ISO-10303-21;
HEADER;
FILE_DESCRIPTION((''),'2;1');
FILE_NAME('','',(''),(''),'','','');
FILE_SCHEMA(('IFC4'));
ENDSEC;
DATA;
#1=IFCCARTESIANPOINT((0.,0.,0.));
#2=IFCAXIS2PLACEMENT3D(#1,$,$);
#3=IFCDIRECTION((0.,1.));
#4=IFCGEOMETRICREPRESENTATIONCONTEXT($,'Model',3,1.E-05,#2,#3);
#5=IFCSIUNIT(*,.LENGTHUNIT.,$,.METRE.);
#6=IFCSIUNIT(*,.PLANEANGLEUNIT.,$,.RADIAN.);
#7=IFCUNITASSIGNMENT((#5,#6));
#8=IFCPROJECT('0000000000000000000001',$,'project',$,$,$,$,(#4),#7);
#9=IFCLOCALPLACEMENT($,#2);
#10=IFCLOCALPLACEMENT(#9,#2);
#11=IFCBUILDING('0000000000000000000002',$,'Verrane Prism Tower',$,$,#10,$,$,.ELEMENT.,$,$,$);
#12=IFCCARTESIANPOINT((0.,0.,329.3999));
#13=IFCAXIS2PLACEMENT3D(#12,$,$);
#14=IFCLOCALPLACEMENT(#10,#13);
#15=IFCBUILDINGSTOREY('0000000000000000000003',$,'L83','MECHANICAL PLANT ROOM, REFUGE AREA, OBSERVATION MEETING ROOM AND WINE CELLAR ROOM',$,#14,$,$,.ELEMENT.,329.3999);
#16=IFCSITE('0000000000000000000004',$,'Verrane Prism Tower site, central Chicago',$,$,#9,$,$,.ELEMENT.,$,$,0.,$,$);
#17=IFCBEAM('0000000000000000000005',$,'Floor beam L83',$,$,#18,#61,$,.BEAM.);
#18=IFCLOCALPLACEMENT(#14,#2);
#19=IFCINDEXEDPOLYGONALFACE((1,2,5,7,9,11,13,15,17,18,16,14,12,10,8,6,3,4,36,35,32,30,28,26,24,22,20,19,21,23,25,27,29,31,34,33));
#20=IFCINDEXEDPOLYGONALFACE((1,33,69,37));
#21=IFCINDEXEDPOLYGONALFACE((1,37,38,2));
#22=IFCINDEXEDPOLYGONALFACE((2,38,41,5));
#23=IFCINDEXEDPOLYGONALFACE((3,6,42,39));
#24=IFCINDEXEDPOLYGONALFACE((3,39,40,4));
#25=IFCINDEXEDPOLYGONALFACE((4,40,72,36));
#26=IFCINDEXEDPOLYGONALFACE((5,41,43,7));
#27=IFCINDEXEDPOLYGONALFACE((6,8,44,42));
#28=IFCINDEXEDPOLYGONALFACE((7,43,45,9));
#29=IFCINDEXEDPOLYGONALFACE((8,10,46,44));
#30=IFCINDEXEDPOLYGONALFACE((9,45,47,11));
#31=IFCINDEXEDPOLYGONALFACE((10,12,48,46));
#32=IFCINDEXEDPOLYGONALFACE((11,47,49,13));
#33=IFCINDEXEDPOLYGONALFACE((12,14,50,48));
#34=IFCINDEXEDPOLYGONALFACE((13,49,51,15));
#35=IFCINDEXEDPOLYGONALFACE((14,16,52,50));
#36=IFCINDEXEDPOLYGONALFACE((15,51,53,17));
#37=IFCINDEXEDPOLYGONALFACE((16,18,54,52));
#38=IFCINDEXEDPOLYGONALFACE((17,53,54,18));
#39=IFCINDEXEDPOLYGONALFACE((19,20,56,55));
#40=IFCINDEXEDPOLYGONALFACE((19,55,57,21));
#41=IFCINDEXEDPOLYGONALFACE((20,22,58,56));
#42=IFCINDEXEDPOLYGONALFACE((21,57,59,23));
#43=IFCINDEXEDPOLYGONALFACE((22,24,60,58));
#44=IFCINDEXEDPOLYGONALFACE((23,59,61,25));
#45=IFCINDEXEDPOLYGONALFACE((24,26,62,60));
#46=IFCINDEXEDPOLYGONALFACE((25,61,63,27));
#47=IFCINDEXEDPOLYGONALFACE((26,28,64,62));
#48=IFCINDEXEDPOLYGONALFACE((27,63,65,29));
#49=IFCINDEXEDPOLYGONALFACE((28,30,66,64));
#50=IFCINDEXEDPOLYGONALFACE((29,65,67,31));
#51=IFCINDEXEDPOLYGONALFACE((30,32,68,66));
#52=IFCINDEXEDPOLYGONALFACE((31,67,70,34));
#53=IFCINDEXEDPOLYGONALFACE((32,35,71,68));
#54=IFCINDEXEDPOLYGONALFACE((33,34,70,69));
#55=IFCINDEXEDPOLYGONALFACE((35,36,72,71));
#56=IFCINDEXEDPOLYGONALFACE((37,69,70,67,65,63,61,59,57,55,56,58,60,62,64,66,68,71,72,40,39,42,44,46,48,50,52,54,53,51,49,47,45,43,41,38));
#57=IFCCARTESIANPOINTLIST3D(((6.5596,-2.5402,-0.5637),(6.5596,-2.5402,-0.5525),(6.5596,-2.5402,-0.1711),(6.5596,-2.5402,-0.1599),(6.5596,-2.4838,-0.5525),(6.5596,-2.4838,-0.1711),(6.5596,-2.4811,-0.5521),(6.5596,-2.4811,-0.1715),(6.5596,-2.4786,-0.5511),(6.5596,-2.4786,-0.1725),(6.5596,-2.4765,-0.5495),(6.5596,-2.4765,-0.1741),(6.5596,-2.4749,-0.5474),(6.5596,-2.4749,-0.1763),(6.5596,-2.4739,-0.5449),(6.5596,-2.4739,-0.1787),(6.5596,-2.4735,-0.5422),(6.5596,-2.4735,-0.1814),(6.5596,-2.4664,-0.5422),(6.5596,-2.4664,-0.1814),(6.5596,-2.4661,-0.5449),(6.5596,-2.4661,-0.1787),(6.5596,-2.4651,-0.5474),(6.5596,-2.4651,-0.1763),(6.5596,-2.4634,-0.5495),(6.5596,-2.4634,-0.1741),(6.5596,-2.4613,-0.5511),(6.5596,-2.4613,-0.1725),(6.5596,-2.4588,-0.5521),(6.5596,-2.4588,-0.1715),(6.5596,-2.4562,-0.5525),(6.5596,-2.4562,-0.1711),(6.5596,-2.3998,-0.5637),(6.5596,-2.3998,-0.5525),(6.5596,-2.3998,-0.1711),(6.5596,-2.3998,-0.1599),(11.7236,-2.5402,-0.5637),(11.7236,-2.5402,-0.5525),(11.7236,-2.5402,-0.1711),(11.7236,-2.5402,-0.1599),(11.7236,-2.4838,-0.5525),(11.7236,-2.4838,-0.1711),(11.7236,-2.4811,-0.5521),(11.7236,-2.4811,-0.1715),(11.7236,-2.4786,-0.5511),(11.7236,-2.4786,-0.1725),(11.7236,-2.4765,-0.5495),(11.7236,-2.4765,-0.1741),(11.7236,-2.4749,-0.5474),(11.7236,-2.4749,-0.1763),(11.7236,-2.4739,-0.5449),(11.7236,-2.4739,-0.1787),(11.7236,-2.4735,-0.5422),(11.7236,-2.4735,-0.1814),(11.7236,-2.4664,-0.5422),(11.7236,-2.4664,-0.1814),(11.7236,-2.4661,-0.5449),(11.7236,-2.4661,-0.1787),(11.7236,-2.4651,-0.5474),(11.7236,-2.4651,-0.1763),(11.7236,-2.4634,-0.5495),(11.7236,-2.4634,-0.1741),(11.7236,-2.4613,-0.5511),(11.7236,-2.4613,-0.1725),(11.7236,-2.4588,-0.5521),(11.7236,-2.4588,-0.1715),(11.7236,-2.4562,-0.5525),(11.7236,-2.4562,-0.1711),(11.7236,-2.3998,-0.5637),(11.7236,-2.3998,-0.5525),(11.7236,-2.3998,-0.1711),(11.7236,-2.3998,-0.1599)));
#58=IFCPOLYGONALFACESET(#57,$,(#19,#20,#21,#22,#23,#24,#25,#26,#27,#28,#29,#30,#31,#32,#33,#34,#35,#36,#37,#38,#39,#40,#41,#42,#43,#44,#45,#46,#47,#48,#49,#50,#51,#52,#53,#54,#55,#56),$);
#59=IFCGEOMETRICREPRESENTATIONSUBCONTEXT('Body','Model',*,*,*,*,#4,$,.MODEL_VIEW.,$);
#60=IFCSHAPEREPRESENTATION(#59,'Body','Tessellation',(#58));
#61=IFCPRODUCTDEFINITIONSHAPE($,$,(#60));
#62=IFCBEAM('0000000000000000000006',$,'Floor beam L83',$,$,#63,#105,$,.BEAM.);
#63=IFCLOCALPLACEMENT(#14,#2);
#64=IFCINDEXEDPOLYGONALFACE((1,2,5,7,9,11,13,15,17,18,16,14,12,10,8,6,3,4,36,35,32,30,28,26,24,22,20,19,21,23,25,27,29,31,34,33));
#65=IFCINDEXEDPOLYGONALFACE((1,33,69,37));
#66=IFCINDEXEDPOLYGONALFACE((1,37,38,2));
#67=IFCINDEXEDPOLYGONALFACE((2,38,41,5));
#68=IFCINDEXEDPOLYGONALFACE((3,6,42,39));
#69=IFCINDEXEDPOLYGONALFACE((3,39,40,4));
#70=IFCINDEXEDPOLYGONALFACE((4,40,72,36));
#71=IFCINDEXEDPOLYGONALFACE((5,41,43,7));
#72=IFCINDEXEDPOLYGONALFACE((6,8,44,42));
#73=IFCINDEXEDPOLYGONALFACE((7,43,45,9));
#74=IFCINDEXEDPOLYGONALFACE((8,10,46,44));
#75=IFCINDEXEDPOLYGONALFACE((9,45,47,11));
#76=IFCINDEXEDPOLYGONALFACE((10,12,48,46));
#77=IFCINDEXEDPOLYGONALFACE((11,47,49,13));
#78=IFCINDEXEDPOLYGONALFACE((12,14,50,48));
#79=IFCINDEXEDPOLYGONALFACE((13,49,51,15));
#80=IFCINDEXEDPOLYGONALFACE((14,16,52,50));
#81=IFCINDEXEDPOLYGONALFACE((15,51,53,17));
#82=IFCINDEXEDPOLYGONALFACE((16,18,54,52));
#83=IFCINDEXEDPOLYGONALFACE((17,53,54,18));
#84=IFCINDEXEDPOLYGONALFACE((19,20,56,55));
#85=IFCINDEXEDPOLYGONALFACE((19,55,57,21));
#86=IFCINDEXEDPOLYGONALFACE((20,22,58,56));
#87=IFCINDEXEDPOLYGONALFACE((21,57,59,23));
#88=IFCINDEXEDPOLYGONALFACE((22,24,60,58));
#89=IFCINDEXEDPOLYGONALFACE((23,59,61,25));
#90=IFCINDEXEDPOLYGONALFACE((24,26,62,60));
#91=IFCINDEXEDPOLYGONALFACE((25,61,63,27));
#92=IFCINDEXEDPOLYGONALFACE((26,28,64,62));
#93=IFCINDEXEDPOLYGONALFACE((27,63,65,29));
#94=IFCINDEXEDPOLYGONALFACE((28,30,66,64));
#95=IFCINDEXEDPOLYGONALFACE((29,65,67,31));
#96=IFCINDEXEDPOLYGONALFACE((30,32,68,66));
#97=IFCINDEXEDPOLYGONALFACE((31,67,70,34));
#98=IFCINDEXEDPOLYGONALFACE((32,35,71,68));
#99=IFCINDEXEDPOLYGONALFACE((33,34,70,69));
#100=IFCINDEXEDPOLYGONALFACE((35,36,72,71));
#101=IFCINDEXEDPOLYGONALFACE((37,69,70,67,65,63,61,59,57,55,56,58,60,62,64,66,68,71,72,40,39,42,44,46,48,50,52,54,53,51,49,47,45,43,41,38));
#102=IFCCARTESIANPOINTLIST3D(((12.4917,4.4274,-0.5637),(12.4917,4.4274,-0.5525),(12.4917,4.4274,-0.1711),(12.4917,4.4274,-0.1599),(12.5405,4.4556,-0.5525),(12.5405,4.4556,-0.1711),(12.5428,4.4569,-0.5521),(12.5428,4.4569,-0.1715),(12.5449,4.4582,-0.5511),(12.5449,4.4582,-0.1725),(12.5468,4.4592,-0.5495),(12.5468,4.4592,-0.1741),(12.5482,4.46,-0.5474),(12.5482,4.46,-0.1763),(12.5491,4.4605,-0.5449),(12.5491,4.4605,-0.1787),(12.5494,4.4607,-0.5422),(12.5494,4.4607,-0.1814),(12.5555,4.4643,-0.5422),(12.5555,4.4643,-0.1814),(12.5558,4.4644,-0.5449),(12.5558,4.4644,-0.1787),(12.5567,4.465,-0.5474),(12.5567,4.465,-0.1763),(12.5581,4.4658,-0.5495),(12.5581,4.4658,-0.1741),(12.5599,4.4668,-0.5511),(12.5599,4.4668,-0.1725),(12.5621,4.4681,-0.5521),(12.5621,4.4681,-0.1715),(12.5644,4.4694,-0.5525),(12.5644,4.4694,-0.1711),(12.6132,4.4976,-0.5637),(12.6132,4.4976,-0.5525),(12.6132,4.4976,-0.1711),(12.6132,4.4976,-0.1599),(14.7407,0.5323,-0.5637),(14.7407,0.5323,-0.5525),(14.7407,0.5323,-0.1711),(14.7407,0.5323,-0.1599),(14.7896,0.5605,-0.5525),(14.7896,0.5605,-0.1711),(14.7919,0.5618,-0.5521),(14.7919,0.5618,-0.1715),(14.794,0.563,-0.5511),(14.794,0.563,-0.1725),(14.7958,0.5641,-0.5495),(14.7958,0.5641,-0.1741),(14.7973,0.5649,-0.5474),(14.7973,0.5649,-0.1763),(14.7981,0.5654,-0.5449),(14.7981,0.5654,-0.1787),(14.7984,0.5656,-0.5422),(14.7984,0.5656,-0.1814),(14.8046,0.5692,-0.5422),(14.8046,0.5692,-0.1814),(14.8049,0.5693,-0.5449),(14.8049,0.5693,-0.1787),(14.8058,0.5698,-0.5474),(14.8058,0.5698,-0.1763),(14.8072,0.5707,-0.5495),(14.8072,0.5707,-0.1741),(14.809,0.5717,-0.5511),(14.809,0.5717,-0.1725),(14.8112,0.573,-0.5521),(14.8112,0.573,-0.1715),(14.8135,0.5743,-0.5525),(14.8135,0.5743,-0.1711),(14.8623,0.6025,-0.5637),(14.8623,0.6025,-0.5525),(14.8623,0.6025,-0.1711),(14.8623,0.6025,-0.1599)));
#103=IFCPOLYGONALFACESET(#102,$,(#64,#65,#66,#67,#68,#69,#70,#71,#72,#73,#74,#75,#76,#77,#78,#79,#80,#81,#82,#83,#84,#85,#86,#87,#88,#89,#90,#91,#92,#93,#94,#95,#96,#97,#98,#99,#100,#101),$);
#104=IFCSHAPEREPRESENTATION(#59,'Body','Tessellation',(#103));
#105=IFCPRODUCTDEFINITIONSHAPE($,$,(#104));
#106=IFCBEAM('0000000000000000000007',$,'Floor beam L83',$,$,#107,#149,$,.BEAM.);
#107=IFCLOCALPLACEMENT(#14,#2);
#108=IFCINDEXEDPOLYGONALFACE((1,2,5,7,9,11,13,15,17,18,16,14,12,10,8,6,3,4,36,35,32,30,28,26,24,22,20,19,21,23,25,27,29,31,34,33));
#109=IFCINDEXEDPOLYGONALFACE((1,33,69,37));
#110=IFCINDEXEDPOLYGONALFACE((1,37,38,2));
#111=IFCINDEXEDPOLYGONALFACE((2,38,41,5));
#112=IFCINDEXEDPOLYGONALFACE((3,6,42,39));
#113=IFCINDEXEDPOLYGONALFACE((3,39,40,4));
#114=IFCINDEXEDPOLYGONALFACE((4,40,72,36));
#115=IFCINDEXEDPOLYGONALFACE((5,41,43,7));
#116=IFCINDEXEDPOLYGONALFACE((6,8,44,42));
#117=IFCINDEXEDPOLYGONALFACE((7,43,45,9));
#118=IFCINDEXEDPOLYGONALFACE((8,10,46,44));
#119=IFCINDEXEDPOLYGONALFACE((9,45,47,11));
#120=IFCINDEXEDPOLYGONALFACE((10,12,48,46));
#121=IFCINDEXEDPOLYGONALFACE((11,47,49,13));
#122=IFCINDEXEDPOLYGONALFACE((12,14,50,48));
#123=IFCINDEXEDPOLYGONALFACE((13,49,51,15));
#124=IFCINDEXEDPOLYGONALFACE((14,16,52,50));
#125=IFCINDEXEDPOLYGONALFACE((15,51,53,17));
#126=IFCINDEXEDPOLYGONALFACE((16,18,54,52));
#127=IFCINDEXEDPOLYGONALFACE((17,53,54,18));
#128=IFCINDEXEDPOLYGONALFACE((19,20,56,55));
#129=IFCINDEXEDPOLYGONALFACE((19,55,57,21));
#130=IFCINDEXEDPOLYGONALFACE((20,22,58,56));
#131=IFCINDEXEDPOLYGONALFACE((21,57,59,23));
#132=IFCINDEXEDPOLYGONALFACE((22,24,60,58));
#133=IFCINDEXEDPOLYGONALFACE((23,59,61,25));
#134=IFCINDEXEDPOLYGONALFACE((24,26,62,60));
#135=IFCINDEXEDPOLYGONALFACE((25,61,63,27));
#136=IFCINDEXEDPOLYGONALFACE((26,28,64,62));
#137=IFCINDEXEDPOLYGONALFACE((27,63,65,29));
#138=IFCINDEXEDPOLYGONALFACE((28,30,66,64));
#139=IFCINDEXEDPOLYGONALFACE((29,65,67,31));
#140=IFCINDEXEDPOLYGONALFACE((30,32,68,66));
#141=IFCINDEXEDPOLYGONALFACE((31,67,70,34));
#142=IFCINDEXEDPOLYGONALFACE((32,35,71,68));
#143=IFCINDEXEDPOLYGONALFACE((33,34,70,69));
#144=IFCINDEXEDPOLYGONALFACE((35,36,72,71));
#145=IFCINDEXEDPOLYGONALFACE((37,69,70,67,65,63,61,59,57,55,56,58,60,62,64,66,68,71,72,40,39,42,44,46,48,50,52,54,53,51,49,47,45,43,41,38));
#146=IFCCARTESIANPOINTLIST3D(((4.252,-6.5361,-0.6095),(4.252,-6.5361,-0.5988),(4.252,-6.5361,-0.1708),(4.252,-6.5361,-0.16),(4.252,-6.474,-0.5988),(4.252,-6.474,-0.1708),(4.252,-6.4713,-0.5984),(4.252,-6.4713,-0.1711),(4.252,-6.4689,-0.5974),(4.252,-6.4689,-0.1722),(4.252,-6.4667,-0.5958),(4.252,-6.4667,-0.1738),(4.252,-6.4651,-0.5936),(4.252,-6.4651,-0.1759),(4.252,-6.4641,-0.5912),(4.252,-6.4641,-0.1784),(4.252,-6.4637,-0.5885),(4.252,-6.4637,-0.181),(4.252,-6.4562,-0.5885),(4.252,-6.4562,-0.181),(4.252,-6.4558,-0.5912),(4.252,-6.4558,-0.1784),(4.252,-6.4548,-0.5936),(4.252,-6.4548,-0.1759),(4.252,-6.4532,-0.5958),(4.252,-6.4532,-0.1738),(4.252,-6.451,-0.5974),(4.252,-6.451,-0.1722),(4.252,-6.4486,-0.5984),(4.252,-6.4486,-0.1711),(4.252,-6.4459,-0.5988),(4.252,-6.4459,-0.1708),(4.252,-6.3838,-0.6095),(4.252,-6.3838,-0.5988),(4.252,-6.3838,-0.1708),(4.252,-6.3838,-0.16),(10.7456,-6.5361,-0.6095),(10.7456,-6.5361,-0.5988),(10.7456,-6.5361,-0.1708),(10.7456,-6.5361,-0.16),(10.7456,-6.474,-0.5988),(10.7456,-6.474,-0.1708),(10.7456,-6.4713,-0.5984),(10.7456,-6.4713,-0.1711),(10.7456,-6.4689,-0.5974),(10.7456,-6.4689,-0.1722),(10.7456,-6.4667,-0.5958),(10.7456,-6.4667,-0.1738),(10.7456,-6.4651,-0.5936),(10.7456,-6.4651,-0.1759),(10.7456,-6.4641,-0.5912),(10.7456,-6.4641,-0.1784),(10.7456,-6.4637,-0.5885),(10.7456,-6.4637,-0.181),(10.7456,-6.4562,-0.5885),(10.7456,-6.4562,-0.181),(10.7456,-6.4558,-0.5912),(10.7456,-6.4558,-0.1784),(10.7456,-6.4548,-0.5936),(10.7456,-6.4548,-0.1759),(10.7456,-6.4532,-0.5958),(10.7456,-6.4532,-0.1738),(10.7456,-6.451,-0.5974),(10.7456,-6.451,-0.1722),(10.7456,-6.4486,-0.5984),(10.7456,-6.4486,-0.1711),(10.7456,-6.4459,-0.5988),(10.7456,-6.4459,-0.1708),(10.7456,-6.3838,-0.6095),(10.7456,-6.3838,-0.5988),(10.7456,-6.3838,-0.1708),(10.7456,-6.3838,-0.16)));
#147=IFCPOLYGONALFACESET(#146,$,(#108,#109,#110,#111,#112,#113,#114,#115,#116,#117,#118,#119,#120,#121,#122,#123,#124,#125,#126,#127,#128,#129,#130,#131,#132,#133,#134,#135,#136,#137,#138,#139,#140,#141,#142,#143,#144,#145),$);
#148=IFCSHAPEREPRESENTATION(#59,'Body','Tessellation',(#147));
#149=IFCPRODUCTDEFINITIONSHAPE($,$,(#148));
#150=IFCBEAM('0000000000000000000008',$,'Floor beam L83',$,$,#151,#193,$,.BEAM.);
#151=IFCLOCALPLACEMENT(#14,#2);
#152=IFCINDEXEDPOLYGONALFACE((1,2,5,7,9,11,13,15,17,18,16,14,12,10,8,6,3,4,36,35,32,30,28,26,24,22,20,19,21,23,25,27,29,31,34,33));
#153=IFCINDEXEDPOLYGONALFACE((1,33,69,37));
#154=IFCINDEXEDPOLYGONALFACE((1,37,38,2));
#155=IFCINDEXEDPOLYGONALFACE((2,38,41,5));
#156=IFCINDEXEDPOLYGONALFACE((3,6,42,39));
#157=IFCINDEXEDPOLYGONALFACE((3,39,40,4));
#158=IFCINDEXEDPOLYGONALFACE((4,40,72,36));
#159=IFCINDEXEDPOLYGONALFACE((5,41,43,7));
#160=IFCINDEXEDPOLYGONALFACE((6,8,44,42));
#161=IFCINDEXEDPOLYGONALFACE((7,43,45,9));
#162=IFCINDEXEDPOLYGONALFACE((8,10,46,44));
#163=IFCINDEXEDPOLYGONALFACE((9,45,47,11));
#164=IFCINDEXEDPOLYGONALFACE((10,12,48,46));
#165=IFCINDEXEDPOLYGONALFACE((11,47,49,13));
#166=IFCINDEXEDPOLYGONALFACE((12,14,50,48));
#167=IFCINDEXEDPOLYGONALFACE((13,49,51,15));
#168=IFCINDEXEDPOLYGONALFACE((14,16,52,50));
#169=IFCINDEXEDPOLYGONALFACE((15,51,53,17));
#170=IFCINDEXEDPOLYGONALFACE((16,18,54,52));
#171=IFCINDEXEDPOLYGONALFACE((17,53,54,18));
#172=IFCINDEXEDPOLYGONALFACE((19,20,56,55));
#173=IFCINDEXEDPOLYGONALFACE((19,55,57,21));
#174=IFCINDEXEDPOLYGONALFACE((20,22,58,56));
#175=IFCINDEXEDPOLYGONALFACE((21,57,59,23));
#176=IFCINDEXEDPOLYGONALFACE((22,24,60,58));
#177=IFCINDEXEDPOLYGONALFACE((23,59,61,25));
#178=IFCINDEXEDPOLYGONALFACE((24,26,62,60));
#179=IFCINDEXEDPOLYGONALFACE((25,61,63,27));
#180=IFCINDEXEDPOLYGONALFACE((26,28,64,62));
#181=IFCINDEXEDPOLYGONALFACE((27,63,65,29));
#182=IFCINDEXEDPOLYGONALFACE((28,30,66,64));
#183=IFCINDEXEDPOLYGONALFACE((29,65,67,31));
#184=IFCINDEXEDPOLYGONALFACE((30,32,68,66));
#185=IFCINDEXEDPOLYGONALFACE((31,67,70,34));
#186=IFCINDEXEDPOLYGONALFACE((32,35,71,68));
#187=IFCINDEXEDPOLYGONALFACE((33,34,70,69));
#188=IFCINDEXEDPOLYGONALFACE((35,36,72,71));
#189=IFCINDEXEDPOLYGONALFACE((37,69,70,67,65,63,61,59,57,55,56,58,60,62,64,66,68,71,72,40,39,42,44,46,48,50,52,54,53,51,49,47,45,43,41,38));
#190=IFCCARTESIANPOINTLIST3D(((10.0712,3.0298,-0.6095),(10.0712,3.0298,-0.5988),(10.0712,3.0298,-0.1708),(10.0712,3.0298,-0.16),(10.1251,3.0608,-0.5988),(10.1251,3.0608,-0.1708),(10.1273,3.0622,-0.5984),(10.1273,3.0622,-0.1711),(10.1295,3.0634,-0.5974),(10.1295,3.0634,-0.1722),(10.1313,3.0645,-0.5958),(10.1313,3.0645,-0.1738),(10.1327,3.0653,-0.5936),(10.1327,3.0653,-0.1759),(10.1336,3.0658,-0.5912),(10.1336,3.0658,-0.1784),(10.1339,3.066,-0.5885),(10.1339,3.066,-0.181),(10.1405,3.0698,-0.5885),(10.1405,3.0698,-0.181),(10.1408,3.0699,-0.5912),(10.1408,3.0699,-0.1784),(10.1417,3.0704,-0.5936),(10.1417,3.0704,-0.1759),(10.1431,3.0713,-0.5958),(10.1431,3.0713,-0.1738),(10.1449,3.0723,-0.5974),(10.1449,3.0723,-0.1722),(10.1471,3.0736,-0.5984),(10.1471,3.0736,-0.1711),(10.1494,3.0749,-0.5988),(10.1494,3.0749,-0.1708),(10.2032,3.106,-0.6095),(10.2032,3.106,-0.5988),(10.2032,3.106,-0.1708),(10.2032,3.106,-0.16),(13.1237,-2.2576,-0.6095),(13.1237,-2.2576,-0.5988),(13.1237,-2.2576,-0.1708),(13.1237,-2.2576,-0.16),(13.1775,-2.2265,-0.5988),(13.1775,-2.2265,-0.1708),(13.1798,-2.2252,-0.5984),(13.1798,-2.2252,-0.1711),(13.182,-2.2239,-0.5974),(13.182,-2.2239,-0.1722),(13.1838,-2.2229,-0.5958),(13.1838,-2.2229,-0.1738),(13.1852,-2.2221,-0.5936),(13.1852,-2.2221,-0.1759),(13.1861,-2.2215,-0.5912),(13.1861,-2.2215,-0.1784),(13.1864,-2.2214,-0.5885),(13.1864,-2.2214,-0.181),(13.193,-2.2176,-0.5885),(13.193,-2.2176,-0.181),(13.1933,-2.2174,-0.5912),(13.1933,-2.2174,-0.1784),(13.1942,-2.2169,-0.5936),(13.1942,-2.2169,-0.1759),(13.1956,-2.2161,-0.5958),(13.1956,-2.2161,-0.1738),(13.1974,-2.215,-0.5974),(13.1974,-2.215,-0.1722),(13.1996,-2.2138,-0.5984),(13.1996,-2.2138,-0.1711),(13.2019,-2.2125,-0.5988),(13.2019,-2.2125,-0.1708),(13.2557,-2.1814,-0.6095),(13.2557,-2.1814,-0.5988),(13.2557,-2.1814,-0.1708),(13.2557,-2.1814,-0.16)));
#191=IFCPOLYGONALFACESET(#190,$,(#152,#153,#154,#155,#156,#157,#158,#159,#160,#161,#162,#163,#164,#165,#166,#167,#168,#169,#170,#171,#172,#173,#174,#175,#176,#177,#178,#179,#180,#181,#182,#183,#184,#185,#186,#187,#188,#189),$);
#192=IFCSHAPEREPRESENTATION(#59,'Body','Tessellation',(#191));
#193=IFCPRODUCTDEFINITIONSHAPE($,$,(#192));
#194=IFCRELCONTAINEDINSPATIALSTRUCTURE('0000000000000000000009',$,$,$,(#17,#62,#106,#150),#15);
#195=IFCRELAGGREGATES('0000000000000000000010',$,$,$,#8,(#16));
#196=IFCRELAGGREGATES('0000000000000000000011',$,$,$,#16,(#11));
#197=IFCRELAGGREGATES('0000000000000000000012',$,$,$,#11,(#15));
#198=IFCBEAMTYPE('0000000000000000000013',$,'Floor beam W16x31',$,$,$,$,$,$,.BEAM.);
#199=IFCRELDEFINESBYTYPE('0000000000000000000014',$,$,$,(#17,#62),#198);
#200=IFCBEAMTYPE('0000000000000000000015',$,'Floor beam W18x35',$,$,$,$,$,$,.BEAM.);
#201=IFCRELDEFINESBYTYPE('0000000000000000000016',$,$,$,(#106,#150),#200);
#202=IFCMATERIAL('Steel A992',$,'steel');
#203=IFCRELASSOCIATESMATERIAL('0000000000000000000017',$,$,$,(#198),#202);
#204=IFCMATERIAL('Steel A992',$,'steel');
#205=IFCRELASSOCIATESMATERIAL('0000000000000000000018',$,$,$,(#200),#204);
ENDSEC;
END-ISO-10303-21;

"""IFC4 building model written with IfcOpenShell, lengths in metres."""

from ifc_helpers import new_model, si_unit, direction, frame, origin, origin_2d, place, context, subcontext, project, spatial, i_section, extrude, material, material_profile, profile_set, type_object, element, save


model = new_model("IFC4")

# Units and contexts
model_context = context("Model", 3, precision=1e-05, world=origin(), true_north=direction((0.0, 1.0)))
body_context = subcontext(model_context, "Body", "Model", "MODEL_VIEW")
ifc_project = project(units=[si_unit("LENGTHUNIT", "METRE"), si_unit("PLANEANGLEUNIT", "RADIAN")], contexts=[model_context])

# Site, building, storey
site_placement = place(None, origin())
site = spatial("IfcSite", under=ifc_project, at=site_placement, Name="Verrane Prism Tower site, central Chicago", CompositionType="ELEMENT", RefElevation=0.0)
building_placement = place(site_placement, origin())
building = spatial("IfcBuilding", under=site, at=building_placement, Name="Verrane Prism Tower", CompositionType="ELEMENT")
storey_placement = place(building_placement, frame((0.0, 0.0, 329.3999)))
storey = spatial("IfcBuildingStorey", under=building, at=storey_placement, Name="L83", Description="MECHANICAL PLANT ROOM, REFUGE AREA, OBSERVATION MEETING ROOM AND WINE CELLAR ROOM", CompositionType="ELEMENT", Elevation=329.3999)

# Beams
ifc_material_1 = material(Name="Steel A992", Category="steel")
ifc_material_profile_1 = material_profile(ifc_material_1, i_section(OverallWidth=0.1404, OverallDepth=0.4038, WebThickness=0.0071, FlangeThickness=0.0112, FilletRadius=0.0103, at=origin_2d()), Name="W16x31")
ifc_profile_set_1 = profile_set([ifc_material_profile_1], Name="Steel A992")
beam_type_1 = type_object("IfcBeamType", Name="Floor beam W16x31", PredefinedType="BEAM", material=ifc_profile_set_1)
beam_1_placement = place(storey_placement, frame((6.5596, -2.47, -0.3618), z_axis=(1.0, 0.0, 0.0), x_axis=(0.0, 1.0, 0.0)))
element("IfcBeam", 1, at=beam_1_placement, inside=storey, type_object=beam_type_1, Name="Floor beam L83", PredefinedType="BEAM", context=body_context, shape_type="SweptSolid", body=[
    extrude(i_section(OverallWidth=0.1404, OverallDepth=0.4038, WebThickness=0.0071, FlangeThickness=0.0112, FilletRadius=0.0103, at=origin_2d()), origin(), (0.0, 0.0, 1.0), 5.1641),
])
beam_2_placement = place(storey_placement, frame((14.8015, 0.5674, -0.3618), z_axis=(-0.500039, 0.866003, 0.0), x_axis=(-0.866003, -0.500039, 0.0)))
element("IfcBeam", 2, at=beam_2_placement, inside=storey, type_object=beam_type_1, Name="Floor beam L83", PredefinedType="BEAM", context=body_context, shape_type="SweptSolid", body=[
    extrude(i_section(OverallWidth=0.1404, OverallDepth=0.4038, WebThickness=0.0071, FlangeThickness=0.0112, FilletRadius=0.0103, at=origin_2d()), origin(), (0.0, 0.0, 1.0), 4.4978),
])
ifc_material_2 = material(Name="Steel A992", Category="steel")
ifc_material_profile_2 = material_profile(ifc_material_2, i_section(OverallWidth=0.1523, OverallDepth=0.4495, WebThickness=0.0076, FlangeThickness=0.0107, FilletRadius=0.0103, at=origin_2d()), Name="W18x35")
ifc_profile_set_2 = profile_set([ifc_material_profile_2], Name="Steel A992")
beam_type_2 = type_object("IfcBeamType", Name="Floor beam W18x35", PredefinedType="BEAM", material=ifc_profile_set_2)
beam_3_placement = place(storey_placement, frame((4.252, -6.46, -0.3848), z_axis=(1.0, 0.0, 0.0), x_axis=(0.0, 1.0, 0.0)))
element("IfcBeam", 3, at=beam_3_placement, inside=storey, type_object=beam_type_2, Name="Floor beam L83", PredefinedType="BEAM", context=body_context, shape_type="SweptSolid", body=[
    extrude(i_section(OverallWidth=0.1523, OverallDepth=0.4495, WebThickness=0.0076, FlangeThickness=0.0107, FilletRadius=0.0103, at=origin_2d()), origin(), (0.0, 0.0, 1.0), 6.4937),
])
beam_4_placement = place(storey_placement, frame((13.1897, -2.2195, -0.3848), z_axis=(-0.49998, 0.866037, 0.0), x_axis=(-0.866037, -0.49998, 0.0)))
element("IfcBeam", 4, at=beam_4_placement, inside=storey, type_object=beam_type_2, Name="Floor beam L83", PredefinedType="BEAM", context=body_context, shape_type="SweptSolid", body=[
    extrude(i_section(OverallWidth=0.1523, OverallDepth=0.4495, WebThickness=0.0076, FlangeThickness=0.0107, FilletRadius=0.0103, at=origin_2d()), origin(), (0.0, 0.0, 1.0), 6.1052),
])

save(model, "model.ifc")
